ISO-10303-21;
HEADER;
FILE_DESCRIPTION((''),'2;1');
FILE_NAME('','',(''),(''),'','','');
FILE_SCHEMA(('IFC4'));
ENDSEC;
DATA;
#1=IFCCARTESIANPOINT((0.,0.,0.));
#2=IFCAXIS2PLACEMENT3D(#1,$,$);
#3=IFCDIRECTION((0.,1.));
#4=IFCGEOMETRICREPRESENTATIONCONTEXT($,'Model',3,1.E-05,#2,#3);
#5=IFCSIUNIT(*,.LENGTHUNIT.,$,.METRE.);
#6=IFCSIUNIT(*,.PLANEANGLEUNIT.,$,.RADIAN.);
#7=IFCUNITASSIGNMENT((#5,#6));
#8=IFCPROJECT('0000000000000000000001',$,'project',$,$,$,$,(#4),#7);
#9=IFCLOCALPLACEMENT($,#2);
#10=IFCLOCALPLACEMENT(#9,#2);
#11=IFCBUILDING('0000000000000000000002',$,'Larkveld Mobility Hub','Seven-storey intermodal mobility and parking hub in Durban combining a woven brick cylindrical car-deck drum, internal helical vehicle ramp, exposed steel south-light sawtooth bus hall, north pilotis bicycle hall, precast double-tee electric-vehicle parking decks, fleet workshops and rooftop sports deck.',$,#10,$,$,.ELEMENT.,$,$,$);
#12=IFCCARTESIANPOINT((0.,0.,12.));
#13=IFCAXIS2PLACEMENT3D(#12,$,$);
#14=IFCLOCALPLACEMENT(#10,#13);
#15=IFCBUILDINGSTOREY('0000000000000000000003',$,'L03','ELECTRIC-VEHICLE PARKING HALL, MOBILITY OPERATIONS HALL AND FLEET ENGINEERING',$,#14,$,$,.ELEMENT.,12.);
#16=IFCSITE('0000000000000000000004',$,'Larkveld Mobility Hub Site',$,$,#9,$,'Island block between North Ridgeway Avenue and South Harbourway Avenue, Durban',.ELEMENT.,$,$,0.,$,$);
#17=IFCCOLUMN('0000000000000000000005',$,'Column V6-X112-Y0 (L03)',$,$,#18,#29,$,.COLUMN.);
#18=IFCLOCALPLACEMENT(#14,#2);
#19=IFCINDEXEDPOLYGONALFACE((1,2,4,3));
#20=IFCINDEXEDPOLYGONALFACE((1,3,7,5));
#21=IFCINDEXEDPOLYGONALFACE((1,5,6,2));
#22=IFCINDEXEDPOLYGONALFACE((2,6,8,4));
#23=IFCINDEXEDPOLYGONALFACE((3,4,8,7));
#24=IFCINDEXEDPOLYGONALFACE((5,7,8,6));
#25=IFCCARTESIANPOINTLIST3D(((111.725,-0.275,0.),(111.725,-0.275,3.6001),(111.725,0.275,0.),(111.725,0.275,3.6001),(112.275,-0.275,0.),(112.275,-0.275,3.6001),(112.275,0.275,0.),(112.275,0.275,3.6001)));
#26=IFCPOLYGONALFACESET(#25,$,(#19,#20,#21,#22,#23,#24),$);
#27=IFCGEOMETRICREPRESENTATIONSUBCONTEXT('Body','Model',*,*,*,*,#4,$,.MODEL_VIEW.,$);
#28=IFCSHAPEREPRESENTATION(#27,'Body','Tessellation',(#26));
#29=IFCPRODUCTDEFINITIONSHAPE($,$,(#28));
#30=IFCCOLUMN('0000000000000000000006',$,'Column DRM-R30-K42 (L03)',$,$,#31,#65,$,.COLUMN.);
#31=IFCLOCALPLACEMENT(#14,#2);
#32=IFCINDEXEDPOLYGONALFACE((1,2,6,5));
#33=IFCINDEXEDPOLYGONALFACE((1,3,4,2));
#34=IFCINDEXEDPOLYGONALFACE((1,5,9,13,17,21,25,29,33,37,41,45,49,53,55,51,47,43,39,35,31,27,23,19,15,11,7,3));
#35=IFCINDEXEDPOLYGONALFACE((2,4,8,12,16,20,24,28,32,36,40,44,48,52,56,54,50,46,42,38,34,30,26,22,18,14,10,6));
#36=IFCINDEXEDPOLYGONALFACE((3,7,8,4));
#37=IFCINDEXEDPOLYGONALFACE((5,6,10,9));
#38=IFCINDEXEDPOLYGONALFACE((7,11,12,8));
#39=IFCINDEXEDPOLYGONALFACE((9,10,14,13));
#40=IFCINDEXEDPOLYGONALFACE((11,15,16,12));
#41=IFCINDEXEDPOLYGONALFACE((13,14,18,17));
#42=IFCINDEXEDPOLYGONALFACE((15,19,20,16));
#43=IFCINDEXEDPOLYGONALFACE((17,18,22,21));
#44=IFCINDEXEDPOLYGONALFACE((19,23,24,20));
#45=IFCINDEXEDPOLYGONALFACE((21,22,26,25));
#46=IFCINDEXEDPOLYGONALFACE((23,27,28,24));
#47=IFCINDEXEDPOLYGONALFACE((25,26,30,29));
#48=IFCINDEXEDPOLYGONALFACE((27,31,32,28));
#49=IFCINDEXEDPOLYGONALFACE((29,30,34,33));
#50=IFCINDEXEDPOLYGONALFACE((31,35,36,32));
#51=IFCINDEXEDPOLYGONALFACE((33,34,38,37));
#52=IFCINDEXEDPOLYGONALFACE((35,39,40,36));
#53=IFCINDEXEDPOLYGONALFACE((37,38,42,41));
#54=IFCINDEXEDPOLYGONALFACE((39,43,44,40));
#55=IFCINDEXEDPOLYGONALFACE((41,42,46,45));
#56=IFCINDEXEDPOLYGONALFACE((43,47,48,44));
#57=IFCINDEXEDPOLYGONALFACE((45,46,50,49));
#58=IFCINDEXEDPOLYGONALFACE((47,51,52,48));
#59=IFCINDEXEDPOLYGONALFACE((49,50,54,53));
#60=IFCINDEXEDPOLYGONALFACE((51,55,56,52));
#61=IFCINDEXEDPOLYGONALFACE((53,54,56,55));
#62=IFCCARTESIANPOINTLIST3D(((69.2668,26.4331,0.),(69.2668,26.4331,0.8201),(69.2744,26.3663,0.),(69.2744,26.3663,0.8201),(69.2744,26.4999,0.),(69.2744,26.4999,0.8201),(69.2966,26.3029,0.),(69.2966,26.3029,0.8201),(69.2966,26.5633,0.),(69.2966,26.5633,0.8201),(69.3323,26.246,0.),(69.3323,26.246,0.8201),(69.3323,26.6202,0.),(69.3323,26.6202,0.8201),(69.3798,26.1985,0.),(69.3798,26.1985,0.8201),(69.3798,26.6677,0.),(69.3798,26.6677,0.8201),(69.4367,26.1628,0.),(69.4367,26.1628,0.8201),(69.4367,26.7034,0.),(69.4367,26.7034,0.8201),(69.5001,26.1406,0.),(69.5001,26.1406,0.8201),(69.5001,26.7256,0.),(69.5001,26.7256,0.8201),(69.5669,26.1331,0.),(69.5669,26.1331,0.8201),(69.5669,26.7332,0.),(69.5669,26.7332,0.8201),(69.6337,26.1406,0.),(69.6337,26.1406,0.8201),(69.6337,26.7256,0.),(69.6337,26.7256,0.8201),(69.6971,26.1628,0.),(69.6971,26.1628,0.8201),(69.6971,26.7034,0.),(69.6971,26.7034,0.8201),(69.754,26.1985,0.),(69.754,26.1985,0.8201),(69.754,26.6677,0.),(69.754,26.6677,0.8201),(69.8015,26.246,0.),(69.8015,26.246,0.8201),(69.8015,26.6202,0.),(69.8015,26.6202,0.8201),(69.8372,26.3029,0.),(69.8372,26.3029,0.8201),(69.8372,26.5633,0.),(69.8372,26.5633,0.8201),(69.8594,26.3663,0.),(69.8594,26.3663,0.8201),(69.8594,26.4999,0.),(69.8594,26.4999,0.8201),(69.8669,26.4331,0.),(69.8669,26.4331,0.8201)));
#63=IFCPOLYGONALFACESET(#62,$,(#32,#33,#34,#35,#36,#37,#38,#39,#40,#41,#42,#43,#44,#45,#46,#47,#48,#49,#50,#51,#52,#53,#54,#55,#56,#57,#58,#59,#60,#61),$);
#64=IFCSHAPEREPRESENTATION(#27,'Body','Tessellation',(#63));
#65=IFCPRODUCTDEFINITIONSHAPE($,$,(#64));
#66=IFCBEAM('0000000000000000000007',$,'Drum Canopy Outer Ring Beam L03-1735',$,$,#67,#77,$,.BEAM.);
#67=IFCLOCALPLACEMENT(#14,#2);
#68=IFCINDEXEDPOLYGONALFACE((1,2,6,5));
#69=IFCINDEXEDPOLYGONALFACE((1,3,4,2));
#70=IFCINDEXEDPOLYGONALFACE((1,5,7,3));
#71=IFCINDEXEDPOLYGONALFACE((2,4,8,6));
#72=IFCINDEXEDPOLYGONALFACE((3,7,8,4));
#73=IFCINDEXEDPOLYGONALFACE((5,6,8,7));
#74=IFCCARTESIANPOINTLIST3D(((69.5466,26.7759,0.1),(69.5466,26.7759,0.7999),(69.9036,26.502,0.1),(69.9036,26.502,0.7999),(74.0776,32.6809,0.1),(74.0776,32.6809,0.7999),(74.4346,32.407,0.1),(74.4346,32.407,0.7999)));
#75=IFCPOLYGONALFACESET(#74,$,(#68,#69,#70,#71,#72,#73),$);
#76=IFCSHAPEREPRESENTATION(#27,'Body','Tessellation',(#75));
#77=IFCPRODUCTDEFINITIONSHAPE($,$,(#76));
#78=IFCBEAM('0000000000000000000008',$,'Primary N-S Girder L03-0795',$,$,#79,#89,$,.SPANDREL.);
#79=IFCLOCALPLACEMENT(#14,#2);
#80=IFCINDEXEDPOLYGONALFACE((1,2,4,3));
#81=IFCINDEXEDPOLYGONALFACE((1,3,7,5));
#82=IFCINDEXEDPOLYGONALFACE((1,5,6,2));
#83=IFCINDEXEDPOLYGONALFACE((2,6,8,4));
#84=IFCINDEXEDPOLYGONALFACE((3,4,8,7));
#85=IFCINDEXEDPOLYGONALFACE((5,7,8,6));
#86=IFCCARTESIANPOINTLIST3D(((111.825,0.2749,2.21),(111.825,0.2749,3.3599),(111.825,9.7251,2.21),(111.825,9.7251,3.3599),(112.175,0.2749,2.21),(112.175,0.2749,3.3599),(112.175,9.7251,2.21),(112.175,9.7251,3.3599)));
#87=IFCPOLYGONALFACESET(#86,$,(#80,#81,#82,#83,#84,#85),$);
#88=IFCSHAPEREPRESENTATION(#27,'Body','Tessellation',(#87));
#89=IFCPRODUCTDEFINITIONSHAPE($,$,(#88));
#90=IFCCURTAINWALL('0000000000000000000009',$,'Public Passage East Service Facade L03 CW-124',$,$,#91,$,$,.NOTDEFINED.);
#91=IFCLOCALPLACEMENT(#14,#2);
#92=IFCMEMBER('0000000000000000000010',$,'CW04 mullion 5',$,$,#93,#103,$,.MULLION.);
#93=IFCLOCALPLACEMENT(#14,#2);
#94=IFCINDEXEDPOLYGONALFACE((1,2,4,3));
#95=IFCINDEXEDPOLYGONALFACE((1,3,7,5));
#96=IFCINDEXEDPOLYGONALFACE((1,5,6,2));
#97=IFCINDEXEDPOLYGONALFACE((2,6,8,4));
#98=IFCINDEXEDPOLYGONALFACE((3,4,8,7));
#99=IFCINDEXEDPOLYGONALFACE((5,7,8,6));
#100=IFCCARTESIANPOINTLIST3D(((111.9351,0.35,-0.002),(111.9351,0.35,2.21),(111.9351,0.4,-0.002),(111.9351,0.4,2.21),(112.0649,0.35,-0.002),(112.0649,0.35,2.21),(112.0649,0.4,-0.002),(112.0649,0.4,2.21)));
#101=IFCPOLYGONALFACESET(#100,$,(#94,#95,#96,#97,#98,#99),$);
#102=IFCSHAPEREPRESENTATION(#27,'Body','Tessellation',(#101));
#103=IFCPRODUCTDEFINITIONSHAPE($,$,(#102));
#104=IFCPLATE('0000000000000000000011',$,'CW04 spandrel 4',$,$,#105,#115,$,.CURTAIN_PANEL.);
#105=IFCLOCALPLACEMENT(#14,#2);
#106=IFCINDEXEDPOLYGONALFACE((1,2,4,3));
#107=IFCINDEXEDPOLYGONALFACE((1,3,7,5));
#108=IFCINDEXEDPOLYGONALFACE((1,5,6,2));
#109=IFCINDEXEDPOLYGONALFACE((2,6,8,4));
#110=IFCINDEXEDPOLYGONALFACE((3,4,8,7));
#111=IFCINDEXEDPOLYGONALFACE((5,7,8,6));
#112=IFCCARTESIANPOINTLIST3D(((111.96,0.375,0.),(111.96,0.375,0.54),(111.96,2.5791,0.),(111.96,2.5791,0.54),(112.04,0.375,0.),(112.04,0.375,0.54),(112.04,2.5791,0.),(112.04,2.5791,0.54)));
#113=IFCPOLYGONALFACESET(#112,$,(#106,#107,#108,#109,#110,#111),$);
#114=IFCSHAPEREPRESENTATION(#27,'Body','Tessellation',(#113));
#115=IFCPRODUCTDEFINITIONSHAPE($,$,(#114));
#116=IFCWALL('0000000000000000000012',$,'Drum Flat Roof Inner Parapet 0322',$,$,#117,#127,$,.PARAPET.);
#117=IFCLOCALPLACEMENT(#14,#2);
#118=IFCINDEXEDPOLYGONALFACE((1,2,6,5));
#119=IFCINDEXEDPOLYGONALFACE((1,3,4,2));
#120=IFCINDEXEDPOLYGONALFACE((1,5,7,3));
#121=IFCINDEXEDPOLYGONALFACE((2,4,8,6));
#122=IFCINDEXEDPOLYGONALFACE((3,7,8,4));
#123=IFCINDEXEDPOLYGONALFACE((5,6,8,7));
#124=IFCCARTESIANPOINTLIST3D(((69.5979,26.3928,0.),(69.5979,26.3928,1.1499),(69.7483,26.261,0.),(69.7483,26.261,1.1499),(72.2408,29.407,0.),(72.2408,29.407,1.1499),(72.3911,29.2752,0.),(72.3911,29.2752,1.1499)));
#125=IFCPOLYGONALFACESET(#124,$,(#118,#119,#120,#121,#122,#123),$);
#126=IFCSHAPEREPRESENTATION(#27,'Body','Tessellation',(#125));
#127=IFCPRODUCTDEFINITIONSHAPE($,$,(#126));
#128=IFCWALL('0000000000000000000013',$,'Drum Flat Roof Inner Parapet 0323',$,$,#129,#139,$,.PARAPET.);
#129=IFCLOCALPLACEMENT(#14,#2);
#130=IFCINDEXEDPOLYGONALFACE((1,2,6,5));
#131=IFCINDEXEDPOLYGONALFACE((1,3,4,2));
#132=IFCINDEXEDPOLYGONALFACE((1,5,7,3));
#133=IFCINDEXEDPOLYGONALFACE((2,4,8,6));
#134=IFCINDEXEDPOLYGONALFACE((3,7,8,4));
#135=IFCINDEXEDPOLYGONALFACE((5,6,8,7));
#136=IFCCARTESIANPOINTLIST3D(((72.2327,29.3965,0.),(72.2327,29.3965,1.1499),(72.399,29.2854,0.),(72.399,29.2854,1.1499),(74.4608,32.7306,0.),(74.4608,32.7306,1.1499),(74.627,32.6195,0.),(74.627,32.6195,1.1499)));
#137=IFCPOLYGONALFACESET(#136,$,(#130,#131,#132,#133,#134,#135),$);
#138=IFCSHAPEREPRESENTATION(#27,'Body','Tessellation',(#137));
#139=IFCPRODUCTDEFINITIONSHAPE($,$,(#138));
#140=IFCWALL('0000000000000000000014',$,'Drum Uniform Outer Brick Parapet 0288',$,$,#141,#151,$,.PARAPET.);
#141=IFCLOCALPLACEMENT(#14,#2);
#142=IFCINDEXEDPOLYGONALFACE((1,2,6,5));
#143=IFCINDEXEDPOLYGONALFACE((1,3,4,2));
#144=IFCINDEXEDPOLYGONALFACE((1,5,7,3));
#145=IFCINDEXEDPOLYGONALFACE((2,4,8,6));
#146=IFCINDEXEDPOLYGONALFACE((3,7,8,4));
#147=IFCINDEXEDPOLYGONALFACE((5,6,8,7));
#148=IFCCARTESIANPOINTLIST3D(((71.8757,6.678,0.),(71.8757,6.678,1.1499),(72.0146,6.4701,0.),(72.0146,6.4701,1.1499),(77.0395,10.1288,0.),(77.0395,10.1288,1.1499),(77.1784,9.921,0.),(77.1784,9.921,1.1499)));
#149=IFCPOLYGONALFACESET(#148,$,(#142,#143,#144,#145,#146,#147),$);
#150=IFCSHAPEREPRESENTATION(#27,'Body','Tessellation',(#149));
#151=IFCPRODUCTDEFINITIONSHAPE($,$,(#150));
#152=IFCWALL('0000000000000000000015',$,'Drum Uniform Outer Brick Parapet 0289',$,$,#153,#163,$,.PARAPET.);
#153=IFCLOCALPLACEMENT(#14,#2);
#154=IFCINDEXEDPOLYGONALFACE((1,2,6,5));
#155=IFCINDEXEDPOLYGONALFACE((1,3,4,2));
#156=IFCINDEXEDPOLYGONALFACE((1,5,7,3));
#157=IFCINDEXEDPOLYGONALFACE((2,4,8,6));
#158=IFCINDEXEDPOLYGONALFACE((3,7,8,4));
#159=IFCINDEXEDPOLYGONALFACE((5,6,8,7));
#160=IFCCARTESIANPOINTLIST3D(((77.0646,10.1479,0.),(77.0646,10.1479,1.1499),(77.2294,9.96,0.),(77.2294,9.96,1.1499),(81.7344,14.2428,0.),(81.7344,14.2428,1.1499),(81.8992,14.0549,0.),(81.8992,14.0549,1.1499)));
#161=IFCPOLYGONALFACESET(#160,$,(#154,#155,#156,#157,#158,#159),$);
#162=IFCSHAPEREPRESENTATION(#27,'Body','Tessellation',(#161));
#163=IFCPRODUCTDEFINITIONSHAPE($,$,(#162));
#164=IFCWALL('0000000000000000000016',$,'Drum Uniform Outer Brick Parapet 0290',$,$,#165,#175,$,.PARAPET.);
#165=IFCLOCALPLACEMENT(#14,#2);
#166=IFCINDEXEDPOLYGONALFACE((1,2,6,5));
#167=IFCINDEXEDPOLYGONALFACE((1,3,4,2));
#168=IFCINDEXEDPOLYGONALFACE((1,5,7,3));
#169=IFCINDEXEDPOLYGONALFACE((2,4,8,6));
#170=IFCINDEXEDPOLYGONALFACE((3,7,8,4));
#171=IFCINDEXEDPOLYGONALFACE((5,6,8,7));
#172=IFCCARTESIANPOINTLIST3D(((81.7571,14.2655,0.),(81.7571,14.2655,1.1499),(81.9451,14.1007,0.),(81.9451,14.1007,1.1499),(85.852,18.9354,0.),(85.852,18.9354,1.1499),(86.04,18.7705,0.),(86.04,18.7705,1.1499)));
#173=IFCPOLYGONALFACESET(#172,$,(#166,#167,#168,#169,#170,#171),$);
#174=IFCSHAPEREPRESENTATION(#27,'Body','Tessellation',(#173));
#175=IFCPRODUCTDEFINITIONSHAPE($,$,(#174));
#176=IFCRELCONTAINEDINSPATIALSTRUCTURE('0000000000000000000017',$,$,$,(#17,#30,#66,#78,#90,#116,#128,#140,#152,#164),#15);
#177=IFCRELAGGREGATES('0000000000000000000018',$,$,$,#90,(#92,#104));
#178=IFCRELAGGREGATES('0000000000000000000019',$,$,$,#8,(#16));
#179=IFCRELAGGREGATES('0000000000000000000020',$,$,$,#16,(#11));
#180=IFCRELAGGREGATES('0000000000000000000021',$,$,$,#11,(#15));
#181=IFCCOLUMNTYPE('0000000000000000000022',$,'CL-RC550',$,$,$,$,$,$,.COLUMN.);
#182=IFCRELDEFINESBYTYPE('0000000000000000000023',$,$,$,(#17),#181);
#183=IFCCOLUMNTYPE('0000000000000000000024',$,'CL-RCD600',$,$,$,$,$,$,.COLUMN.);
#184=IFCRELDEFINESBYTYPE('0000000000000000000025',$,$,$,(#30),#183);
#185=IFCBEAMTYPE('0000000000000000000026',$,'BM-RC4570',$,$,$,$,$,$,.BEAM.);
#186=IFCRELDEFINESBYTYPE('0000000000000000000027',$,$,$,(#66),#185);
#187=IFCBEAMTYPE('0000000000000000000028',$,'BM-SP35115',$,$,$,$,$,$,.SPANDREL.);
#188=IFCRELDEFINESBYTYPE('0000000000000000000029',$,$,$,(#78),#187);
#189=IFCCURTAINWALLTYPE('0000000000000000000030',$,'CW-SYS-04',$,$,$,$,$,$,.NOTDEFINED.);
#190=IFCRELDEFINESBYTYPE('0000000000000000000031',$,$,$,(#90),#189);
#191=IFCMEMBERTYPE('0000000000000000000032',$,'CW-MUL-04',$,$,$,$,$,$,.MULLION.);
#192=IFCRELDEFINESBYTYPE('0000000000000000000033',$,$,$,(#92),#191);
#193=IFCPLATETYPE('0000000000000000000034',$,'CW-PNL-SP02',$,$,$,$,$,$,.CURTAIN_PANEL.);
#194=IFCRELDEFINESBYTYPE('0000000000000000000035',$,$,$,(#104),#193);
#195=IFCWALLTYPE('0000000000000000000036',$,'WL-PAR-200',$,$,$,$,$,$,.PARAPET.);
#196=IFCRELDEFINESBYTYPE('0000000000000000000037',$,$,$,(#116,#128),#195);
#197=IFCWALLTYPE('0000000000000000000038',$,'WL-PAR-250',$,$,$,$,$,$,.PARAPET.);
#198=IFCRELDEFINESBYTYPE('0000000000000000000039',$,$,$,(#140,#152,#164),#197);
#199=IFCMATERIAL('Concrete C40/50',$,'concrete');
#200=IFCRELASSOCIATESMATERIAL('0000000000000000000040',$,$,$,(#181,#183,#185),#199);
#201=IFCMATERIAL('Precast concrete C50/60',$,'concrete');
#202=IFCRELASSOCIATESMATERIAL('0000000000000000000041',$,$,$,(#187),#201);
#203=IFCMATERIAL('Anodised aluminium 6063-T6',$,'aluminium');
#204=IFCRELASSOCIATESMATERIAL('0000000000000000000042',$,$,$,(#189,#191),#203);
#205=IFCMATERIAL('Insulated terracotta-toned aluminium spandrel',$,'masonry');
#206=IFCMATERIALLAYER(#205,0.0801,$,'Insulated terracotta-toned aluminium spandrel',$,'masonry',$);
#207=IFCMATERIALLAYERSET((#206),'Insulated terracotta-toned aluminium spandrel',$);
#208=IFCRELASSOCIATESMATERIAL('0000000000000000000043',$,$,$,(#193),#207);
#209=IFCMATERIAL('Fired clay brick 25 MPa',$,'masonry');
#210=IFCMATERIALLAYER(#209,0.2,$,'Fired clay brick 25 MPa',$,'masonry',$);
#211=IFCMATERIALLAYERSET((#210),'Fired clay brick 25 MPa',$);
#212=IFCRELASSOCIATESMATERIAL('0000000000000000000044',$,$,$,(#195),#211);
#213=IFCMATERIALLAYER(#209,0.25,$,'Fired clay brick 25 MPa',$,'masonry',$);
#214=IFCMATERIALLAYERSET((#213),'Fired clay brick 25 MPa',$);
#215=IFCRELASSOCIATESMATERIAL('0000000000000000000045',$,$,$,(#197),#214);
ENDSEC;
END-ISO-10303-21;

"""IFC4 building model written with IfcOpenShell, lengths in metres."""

from ifc_helpers import new_model, si_unit, direction, frame, frame_2d, origin, origin_2d, place, context, subcontext, project, spatial, rectangle, circle, extrude, material, layer, layer_set, material_profile, profile_set, type_object, element, aggregate, save


model = new_model("IFC4")

# Units and contexts
model_context = context("Model", 3, precision=1e-05, world=origin(), true_north=direction((0.0, 1.0)))
body_context = subcontext(model_context, "Body", "Model", "MODEL_VIEW")
ifc_project = project(units=[si_unit("LENGTHUNIT", "METRE"), si_unit("PLANEANGLEUNIT", "RADIAN")], contexts=[model_context])

# Site, building, storey
site_placement = place(None, origin())
site = spatial("IfcSite", under=ifc_project, at=site_placement, Name="Larkveld Mobility Hub Site", LongName="Island block between North Ridgeway Avenue and South Harbourway Avenue, Durban", CompositionType="ELEMENT", RefElevation=0.0)
building_placement = place(site_placement, origin())
building = spatial("IfcBuilding", under=site, at=building_placement, Name="Larkveld Mobility Hub", Description="Seven-storey intermodal mobility and parking hub in Durban combining a woven brick cylindrical car-deck drum, internal helical vehicle ramp, exposed steel south-light sawtooth bus hall, north pilotis bicycle hall, precast double-tee electric-vehicle parking decks, fleet workshops and rooftop sports deck.", CompositionType="ELEMENT")
storey_placement = place(building_placement, frame((0.0, 0.0, 12.0)))
storey = spatial("IfcBuildingStorey", under=building, at=storey_placement, Name="L03", Description="ELECTRIC-VEHICLE PARKING HALL, MOBILITY OPERATIONS HALL AND FLEET ENGINEERING", CompositionType="ELEMENT", Elevation=12.0)

# Columns
ifc_material_1 = material(Name="Concrete C40/50", Category="concrete")
ifc_material_profile_1 = material_profile(ifc_material_1, rectangle(XDim=0.55, YDim=0.55, at=origin_2d()), Name="RC COL 550x550")
ifc_profile_set_1 = profile_set([ifc_material_profile_1], Name="Concrete C40/50")
column_type_1 = type_object("IfcColumnType", Name="CL-RC550", PredefinedType="COLUMN", material=ifc_profile_set_1)
column_1_placement = place(storey_placement, frame((112.0, 0.0, 0.0), z_axis=(0.0, 0.0, 1.0), x_axis=(1.0, 0.0, 0.0)))
element("IfcColumn", 1, at=column_1_placement, inside=storey, type_object=column_type_1, Name="Column V6-X112-Y0 (L03)", PredefinedType="COLUMN", context=body_context, shape_type="SweptSolid", body=[
    extrude(rectangle(XDim=0.55, YDim=0.55, at=origin_2d()), origin(), (0.0, 0.0, 1.0), 3.6001),
])
ifc_material_profile_2 = material_profile(ifc_material_1, circle(Radius=0.3, at=origin_2d()), Name="RC COL D600")
ifc_profile_set_2 = profile_set([ifc_material_profile_2], Name="Concrete C40/50")
column_type_2 = type_object("IfcColumnType", Name="CL-RCD600", PredefinedType="COLUMN", material=ifc_profile_set_2)
column_2_placement = place(storey_placement, frame((69.5669, 26.4331, 0.0), z_axis=(0.0, 0.0, 1.0), x_axis=(1.0, 0.0, 0.0)))
element("IfcColumn", 2, at=column_2_placement, inside=storey, type_object=column_type_2, Name="Column DRM-R30-K42 (L03)", PredefinedType="COLUMN", context=body_context, shape_type="SweptSolid", body=[
    extrude(circle(Radius=0.3, at=origin_2d()), origin(), (0.0, 0.0, 1.0), 0.8201),
])

# Beams
ifc_material_profile_3 = material_profile(ifc_material_1, rectangle(XDim=0.45, YDim=0.7, at=origin_2d()), Name="RC BM 450x700")
ifc_profile_set_3 = profile_set([ifc_material_profile_3], Name="Concrete C40/50")
beam_type_1 = type_object("IfcBeamType", Name="BM-RC4570", PredefinedType="BEAM", material=ifc_profile_set_3)
beam_1_placement = place(storey_placement, frame((69.7251, 26.6389, 0.45), z_axis=(0.608754, 0.793359, 0.0), x_axis=(-0.793359, 0.608754, 0.0)))
element("IfcBeam", 3, at=beam_1_placement, inside=storey, type_object=beam_type_1, Name="Drum Canopy Outer Ring Beam L03-1735", PredefinedType="BEAM", context=body_context, shape_type="SweptSolid", body=[
    extrude(rectangle(XDim=0.45, YDim=0.7, at=origin_2d()), origin(), (0.0, 0.0, 1.0), 7.4431),
])
ifc_material_2 = material(Name="Precast concrete C50/60", Category="concrete")
ifc_material_profile_4 = material_profile(ifc_material_2, rectangle(XDim=0.3501, YDim=1.1499, at=origin_2d()), Name="PC SP 350x1150")
ifc_profile_set_4 = profile_set([ifc_material_profile_4], Name="Precast concrete C50/60")
beam_type_2 = type_object("IfcBeamType", Name="BM-SP35115", PredefinedType="SPANDREL", material=ifc_profile_set_4)
beam_2_placement = place(storey_placement, frame((112.0, 0.2749, 2.7849), z_axis=(0.0, 1.0, 0.0), x_axis=(-1.0, 0.0, 0.0)))
element("IfcBeam", 4, at=beam_2_placement, inside=storey, type_object=beam_type_2, Name="Primary N-S Girder L03-0795", PredefinedType="SPANDREL", context=body_context, shape_type="SweptSolid", body=[
    extrude(rectangle(XDim=0.3501, YDim=1.1499, at=origin_2d()), origin(), (0.0, 0.0, 1.0), 9.4502),
])

# Curtain wall, member, plate
ifc_material_3 = material(Name="Anodised aluminium 6063-T6", Category="aluminium")
curtain_wall_type = type_object("IfcCurtainWallType", Name="CW-SYS-04", PredefinedType="NOTDEFINED", material=ifc_material_3)
curtain_wall_placement = place(storey_placement, origin())
curtain_wall = element("IfcCurtainWall", 5, at=curtain_wall_placement, inside=storey, type_object=curtain_wall_type, Name="Public Passage East Service Facade L03 CW-124", PredefinedType="NOTDEFINED")
ifc_material_profile_5 = material_profile(ifc_material_3, rectangle(XDim=0.05, YDim=0.1299, at=origin_2d()), Name="ALU MULL 50x130")
ifc_profile_set_5 = profile_set([ifc_material_profile_5], Name="Anodised aluminium 6063-T6")
member_type = type_object("IfcMemberType", Name="CW-MUL-04", PredefinedType="MULLION", material=ifc_profile_set_5)
member_placement = place(storey_placement, frame((112.0, 0.375, -0.002), z_axis=(0.0, 0.0, 1.0), x_axis=(0.0, -1.0, 0.0)))
member = element("IfcMember", 6, at=member_placement, type_object=member_type, Name="CW04 mullion 5", PredefinedType="MULLION", context=body_context, shape_type="SweptSolid", body=[
    extrude(rectangle(XDim=0.05, YDim=0.1299, at=origin_2d()), origin(), (0.0, 0.0, 1.0), 2.2119),
])
ifc_material_4 = material(Name="Insulated terracotta-toned aluminium spandrel", Category="masonry")
ifc_layer_1 = layer(ifc_material_4, 0.0801, Name="Insulated terracotta-toned aluminium spandrel", Category="masonry")
ifc_layer_set_1 = layer_set([ifc_layer_1], Name="Insulated terracotta-toned aluminium spandrel")
plate_type = type_object("IfcPlateType", Name="CW-PNL-SP02", PredefinedType="CURTAIN_PANEL", material=ifc_layer_set_1)
plate_placement = place(storey_placement, frame((112.0, 1.4771, 0.0), z_axis=(0.0, 0.0, 1.0), x_axis=(0.0, -1.0, 0.0)))
plate = element("IfcPlate", 7, at=plate_placement, type_object=plate_type, Name="CW04 spandrel 4", PredefinedType="CURTAIN_PANEL", context=body_context, shape_type="SweptSolid", body=[
    extrude(rectangle(XDim=2.2041, YDim=0.0801, at=origin_2d()), origin(), (0.0, 0.0, 1.0), 0.54),
])
aggregate(curtain_wall, [member, plate])

# Walls
ifc_material_5 = material(Name="Fired clay brick 25 MPa", Category="masonry")
ifc_layer_2 = layer(ifc_material_5, 0.2, Name="Fired clay brick 25 MPa", Category="masonry")
ifc_layer_set_2 = layer_set([ifc_layer_2], Name="Fired clay brick 25 MPa")
wall_type_1 = type_object("IfcWallType", Name="WL-PAR-200", PredefinedType="PARAPET", material=ifc_layer_set_2)
wall_1_placement = place(storey_placement, frame((69.6731, 26.3269, 0.0), z_axis=(0.0, 0.0, 1.0), x_axis=(0.659272, 0.751905, 0.0)))
element("IfcWall", 8, at=wall_1_placement, inside=storey, type_object=wall_type_1, Name="Drum Flat Roof Inner Parapet 0322", PredefinedType="PARAPET", context=body_context, shape_type="SweptSolid", body=[
    extrude(rectangle(XDim=4.0088, YDim=0.2, at=frame_2d((2.0044, 0.0))), origin(), (0.0, 0.0, 1.0), 1.1499),
])
wall_2_placement = place(storey_placement, frame((72.3159, 29.3411, 0.0), z_axis=(0.0, 0.0, 1.0), x_axis=(0.555627, 0.831432, 0.0)))
element("IfcWall", 9, at=wall_2_placement, inside=storey, type_object=wall_type_1, Name="Drum Flat Roof Inner Parapet 0323", PredefinedType="PARAPET", context=body_context, shape_type="SweptSolid", body=[
    extrude(rectangle(XDim=4.01, YDim=0.2, at=frame_2d((2.0049, 0.0))), origin(), (0.0, 0.0, 1.0), 1.1499),
])
ifc_layer_3 = layer(ifc_material_5, 0.25, Name="Fired clay brick 25 MPa", Category="masonry")
ifc_layer_set_3 = layer_set([ifc_layer_3], Name="Fired clay brick 25 MPa")
wall_type_2 = type_object("IfcWallType", Name="WL-PAR-250", PredefinedType="PARAPET", material=ifc_layer_set_3)
wall_3_placement = place(storey_placement, frame((71.9451, 6.574, 0.0), z_axis=(0.0, 0.0, 1.0), x_axis=(0.831427, 0.555634, 0.0)))
element("IfcWall", 10, at=wall_3_placement, inside=storey, type_object=wall_type_2, Name="Drum Uniform Outer Brick Parapet 0288", PredefinedType="PARAPET", context=body_context, shape_type="SweptSolid", body=[
    extrude(rectangle(XDim=6.2107, YDim=0.25, at=frame_2d((3.1055, 0.0))), origin(), (0.0, 0.0, 1.0), 1.1499),
])
for number, where, z_axis, x_axis, name in (
    (11, (77.147, 10.054, 0.0), (0.0, 0.0, 1.0), (0.751875, 0.659306, 0.0), "Drum Uniform Outer Brick Parapet 0289"),
    (12, (81.8511, 14.1831, 0.0), (0.0, 0.0, 1.0), (0.659306, 0.751875, 0.0), "Drum Uniform Outer Brick Parapet 0290"),
):
    element("IfcWall", number, at=place(storey_placement, frame(where, z_axis=z_axis, x_axis=x_axis)), inside=storey, type_object=wall_type_2, Name=name, PredefinedType="PARAPET", context=body_context, shape_type="SweptSolid", body=[
        extrude(rectangle(XDim=6.2109, YDim=0.25, at=frame_2d((3.1055, 0.0))), origin(), (0.0, 0.0, 1.0), 1.1499),
    ])

save(model, "model.ifc")
